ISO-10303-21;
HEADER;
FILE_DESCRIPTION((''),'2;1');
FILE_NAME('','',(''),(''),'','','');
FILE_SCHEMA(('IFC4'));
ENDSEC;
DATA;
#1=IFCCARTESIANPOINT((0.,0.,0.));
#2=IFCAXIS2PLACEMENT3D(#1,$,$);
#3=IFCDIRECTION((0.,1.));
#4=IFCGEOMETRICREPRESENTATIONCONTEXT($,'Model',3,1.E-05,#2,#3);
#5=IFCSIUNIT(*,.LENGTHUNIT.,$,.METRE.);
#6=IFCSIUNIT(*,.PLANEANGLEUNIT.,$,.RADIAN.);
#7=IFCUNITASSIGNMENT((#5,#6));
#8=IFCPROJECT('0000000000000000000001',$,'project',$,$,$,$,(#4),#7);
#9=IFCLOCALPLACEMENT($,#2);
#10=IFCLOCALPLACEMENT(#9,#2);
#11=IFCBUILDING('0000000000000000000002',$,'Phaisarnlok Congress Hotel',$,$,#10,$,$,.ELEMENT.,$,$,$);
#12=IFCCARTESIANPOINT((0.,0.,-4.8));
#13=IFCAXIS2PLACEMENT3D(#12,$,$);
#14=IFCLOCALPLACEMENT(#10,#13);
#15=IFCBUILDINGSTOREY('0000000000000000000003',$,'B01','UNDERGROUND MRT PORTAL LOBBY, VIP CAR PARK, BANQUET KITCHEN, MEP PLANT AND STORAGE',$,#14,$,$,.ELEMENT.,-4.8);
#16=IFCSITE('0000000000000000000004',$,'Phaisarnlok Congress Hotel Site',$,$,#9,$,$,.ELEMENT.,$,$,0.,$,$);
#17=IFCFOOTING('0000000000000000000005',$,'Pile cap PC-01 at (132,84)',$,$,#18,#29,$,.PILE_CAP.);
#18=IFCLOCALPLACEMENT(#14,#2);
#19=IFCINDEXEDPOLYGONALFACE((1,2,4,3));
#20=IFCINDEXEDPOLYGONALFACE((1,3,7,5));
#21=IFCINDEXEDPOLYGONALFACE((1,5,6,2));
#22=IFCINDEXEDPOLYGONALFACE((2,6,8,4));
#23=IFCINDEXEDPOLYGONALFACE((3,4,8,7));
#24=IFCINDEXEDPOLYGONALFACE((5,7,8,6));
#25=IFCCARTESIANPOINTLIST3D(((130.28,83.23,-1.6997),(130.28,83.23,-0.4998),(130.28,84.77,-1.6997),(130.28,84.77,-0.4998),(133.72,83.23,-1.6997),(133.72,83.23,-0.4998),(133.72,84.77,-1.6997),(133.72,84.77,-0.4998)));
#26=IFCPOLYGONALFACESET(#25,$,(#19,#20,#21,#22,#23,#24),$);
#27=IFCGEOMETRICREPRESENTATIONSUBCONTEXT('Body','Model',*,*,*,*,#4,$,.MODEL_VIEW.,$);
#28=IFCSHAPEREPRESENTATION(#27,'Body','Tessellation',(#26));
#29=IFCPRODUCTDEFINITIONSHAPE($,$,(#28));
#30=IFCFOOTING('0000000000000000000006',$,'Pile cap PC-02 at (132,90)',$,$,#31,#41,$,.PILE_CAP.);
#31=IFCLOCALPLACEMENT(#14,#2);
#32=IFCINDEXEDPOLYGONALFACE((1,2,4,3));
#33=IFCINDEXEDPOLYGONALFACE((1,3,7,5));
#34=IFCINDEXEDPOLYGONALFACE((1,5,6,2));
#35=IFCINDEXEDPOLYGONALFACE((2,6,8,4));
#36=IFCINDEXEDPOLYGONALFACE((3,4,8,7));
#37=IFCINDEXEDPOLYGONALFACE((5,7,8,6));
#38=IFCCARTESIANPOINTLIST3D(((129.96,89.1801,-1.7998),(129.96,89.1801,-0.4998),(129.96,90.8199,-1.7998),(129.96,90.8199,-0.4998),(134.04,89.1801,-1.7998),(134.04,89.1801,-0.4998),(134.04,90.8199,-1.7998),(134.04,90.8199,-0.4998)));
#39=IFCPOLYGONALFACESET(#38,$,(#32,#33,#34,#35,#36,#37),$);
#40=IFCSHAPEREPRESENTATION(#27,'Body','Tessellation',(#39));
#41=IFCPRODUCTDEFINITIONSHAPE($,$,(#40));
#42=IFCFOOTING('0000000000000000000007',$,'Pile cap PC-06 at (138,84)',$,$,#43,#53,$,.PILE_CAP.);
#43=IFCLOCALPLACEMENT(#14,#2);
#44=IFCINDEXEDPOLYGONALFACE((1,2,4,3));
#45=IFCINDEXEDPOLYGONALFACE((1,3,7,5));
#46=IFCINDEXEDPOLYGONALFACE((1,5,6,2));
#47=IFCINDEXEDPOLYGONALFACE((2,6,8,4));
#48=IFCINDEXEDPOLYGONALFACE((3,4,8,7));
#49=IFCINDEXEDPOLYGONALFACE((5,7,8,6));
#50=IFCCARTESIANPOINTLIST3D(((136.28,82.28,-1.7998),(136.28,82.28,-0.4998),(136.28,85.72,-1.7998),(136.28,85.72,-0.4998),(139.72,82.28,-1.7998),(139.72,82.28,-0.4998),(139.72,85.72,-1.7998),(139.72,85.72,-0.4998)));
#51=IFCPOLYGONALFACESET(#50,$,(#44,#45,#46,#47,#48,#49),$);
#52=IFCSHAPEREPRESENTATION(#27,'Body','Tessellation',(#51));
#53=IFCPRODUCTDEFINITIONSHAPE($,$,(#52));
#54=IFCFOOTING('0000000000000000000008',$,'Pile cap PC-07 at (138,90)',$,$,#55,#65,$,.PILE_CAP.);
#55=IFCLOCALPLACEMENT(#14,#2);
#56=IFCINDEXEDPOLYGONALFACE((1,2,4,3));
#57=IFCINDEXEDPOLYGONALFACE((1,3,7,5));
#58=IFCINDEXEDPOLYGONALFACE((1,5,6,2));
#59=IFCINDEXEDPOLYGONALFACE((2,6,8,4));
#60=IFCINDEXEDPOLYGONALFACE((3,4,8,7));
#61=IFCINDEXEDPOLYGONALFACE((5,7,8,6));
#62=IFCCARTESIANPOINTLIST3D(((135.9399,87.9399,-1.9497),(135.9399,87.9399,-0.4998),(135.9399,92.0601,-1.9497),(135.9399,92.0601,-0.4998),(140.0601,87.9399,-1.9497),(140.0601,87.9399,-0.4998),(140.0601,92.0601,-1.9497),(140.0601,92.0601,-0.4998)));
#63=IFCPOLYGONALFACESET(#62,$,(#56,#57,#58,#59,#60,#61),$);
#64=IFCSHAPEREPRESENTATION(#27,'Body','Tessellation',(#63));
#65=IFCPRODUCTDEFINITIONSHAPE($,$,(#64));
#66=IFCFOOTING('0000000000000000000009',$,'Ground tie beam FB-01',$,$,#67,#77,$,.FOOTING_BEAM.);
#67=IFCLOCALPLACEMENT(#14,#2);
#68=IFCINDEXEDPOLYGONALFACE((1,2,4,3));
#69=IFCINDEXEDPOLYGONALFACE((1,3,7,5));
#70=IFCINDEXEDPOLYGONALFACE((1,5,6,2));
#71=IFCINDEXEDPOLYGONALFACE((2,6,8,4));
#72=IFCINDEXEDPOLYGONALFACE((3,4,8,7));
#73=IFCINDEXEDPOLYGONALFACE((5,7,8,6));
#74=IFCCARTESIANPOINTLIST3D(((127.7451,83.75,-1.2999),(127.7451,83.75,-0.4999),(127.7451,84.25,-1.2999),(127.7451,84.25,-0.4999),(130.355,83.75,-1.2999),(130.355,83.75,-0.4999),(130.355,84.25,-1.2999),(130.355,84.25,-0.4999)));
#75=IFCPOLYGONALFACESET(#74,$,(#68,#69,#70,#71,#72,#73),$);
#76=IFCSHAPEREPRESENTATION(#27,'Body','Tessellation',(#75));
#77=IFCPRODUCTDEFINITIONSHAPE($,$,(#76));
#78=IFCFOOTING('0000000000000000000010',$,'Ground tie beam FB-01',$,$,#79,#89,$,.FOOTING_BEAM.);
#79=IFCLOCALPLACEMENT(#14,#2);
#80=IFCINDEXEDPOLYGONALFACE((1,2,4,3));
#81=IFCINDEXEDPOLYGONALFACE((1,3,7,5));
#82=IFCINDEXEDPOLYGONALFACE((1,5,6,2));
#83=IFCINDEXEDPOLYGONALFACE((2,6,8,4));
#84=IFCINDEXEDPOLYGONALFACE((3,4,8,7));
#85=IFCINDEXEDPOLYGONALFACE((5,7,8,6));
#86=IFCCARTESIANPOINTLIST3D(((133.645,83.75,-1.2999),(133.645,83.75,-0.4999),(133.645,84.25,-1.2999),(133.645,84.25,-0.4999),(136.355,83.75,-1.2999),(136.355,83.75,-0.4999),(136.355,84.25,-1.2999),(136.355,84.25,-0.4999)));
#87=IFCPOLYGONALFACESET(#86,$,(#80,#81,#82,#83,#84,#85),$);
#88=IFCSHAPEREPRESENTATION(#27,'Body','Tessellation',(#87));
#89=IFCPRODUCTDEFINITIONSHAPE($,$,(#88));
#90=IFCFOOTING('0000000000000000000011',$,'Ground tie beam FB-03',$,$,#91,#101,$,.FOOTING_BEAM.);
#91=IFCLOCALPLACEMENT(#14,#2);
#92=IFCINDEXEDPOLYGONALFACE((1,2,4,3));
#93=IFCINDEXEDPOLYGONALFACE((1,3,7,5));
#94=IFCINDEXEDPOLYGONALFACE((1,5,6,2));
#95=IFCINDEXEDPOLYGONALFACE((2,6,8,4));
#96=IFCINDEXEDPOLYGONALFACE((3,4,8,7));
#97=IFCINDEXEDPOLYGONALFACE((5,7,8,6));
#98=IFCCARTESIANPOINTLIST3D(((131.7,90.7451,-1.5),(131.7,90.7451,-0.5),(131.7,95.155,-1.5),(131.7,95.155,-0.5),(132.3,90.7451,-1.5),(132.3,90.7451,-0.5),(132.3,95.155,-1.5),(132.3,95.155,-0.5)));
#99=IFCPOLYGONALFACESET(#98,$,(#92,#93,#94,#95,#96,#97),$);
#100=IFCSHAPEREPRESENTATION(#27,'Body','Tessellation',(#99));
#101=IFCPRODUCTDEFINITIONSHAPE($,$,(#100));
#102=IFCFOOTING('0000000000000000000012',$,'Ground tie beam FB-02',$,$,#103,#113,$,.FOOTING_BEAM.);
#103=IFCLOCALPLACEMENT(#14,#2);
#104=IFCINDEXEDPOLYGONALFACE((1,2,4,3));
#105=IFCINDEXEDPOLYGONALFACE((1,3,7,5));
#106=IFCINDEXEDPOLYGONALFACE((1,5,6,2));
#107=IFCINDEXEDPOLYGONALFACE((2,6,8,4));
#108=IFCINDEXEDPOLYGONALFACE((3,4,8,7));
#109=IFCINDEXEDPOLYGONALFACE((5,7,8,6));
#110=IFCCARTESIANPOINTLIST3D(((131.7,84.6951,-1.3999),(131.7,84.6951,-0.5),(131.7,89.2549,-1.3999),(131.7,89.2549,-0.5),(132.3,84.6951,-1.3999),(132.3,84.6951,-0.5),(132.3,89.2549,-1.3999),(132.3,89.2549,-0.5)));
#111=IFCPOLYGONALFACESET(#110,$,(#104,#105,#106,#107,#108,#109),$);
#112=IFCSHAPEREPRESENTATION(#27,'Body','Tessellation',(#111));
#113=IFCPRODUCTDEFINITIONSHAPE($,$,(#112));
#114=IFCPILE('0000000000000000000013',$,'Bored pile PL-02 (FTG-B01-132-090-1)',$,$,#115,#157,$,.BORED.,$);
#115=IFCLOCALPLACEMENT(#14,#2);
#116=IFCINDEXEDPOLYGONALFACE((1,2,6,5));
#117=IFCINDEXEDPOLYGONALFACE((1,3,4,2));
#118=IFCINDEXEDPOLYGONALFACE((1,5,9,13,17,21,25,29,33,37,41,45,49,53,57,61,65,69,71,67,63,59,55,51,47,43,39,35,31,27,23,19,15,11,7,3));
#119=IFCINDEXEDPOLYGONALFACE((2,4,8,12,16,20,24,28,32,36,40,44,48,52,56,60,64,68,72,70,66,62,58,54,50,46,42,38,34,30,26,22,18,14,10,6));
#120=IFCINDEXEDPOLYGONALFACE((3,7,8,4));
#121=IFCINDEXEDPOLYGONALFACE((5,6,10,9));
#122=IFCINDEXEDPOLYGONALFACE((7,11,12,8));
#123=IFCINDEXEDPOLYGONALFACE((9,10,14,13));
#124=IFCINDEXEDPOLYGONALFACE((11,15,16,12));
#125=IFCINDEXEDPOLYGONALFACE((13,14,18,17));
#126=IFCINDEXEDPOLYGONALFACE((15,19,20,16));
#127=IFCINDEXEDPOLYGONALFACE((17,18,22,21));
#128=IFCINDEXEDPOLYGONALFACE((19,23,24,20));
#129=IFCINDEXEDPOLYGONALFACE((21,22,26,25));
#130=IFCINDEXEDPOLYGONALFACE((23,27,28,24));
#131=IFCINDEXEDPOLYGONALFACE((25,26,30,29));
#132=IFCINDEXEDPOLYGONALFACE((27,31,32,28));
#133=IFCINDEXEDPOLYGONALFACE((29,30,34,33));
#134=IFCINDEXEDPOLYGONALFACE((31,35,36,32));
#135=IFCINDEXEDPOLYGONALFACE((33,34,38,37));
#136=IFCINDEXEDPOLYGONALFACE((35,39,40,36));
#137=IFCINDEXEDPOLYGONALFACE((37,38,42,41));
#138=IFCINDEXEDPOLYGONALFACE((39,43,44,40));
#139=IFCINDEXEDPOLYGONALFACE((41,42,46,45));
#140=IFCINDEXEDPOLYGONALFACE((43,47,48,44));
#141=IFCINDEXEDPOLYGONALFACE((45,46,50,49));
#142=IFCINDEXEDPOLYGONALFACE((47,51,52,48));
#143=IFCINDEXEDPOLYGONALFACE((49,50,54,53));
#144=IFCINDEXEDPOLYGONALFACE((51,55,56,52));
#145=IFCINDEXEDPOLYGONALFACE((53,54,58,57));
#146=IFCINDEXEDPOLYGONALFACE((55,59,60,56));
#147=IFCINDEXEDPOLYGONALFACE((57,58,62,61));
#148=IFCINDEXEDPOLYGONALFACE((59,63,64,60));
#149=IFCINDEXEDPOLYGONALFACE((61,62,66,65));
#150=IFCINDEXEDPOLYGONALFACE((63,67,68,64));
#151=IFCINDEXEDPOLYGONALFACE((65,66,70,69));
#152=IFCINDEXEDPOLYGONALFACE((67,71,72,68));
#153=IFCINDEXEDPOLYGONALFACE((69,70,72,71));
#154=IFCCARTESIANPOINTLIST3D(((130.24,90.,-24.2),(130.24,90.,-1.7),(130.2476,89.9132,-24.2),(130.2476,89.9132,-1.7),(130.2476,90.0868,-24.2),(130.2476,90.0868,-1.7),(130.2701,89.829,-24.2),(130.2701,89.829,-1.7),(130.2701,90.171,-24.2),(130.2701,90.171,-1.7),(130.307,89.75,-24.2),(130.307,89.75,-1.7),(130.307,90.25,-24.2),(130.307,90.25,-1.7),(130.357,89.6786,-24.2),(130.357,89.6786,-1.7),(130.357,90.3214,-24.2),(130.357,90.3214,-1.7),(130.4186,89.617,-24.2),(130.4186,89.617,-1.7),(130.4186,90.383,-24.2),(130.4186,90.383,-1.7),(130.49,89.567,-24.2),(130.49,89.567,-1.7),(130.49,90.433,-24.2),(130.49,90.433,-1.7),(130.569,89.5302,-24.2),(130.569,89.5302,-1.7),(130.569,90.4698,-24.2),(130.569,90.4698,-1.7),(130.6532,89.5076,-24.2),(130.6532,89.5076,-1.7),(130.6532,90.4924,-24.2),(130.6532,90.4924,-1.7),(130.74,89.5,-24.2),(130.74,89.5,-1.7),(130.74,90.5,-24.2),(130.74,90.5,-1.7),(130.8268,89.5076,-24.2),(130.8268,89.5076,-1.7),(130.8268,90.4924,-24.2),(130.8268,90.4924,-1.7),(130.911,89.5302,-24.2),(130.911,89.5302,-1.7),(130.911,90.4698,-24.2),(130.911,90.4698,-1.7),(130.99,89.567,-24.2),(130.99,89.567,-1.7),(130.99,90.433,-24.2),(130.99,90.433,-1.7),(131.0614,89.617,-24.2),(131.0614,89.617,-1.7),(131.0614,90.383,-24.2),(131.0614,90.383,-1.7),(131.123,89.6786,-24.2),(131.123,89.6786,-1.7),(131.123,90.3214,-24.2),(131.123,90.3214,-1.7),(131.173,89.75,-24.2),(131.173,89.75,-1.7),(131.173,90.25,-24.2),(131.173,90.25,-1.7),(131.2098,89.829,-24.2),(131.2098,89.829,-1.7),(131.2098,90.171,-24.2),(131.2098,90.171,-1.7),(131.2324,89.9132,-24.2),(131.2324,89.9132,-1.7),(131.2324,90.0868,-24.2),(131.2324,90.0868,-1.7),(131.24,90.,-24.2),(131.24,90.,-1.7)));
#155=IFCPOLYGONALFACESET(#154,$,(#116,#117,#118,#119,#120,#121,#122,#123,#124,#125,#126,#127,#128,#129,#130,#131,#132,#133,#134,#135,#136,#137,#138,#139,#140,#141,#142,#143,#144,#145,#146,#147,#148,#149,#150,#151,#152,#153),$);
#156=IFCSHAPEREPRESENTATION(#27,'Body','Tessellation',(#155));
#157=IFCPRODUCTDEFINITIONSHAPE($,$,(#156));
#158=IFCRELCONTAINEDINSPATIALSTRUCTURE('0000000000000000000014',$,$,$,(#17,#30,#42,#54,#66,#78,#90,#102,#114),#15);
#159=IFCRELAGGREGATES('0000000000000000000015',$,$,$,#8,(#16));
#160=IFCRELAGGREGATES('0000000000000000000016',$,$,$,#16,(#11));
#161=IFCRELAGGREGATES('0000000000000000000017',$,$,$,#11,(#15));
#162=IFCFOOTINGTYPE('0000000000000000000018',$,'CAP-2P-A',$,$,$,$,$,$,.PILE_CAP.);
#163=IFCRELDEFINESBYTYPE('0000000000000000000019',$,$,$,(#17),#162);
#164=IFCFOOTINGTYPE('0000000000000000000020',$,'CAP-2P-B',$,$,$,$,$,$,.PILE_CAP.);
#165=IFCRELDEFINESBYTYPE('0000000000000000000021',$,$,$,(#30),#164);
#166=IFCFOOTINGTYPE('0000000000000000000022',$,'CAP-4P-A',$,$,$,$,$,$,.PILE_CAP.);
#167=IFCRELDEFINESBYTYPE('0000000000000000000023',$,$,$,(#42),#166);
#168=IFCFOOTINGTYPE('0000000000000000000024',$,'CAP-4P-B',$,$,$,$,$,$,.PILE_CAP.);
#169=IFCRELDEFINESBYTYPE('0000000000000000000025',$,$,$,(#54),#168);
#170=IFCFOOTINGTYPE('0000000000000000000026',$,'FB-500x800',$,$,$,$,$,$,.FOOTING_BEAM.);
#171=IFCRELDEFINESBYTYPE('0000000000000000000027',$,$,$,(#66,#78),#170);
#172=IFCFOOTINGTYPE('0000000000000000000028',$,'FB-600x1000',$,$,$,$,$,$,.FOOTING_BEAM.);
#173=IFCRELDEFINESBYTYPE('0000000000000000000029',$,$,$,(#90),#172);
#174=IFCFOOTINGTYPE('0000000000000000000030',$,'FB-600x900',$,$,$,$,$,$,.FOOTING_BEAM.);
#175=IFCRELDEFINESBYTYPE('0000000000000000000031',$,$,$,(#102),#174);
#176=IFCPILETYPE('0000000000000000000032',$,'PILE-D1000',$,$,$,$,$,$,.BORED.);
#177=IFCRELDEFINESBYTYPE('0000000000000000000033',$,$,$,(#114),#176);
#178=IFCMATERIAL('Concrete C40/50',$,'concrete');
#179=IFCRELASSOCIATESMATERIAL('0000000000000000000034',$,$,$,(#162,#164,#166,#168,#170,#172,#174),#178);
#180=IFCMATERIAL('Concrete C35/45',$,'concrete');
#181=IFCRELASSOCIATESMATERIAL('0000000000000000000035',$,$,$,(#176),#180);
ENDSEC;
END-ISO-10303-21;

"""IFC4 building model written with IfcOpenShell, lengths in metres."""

from ifc_helpers import new_model, si_unit, direction, frame, origin, origin_2d, place, context, subcontext, project, spatial, rectangle, circle, extrude, material, material_profile, profile_set, type_object, element, save


model = new_model("IFC4")

# Units and contexts
model_context = context("Model", 3, precision=1e-05, world=origin(), true_north=direction((0.0, 1.0)))
body_context = subcontext(model_context, "Body", "Model", "MODEL_VIEW")
ifc_project = project(units=[si_unit("LENGTHUNIT", "METRE"), si_unit("PLANEANGLEUNIT", "RADIAN")], contexts=[model_context])

# Site, building, storey
site_placement = place(None, origin())
site = spatial("IfcSite", under=ifc_project, at=site_placement, Name="Phaisarnlok Congress Hotel Site", CompositionType="ELEMENT", RefElevation=0.0)
building_placement = place(site_placement, origin())
building = spatial("IfcBuilding", under=site, at=building_placement, Name="Phaisarnlok Congress Hotel", CompositionType="ELEMENT")
storey_placement = place(building_placement, frame((0.0, 0.0, -4.8)))
storey = spatial("IfcBuildingStorey", under=building, at=storey_placement, Name="B01", Description="UNDERGROUND MRT PORTAL LOBBY, VIP CAR PARK, BANQUET KITCHEN, MEP PLANT AND STORAGE", CompositionType="ELEMENT", Elevation=-4.8)

# Footings
ifc_material_1 = material(Name="Concrete C40/50", Category="concrete")
footing_type_1 = type_object("IfcFootingType", Name="CAP-2P-A", PredefinedType="PILE_CAP", material=ifc_material_1)
footing_1_placement = place(storey_placement, frame((132.0, 84.0, -1.6997), z_axis=(0.0, 0.0, 1.0), x_axis=(1.0, 0.0, 0.0)))
element("IfcFooting", 1, at=footing_1_placement, inside=storey, type_object=footing_type_1, Name="Pile cap PC-01 at (132,84)", PredefinedType="PILE_CAP", context=body_context, shape_type="SweptSolid", body=[
    extrude(rectangle(XDim=3.4399, YDim=1.54, at=origin_2d()), origin(), (0.0, 0.0, 1.0), 1.2),
])
footing_type_2 = type_object("IfcFootingType", Name="CAP-2P-B", PredefinedType="PILE_CAP", material=ifc_material_1)
footing_2_placement = place(storey_placement, frame((132.0, 90.0, -1.7998), z_axis=(0.0, 0.0, 1.0), x_axis=(1.0, 0.0, 0.0)))
element("IfcFooting", 2, at=footing_2_placement, inside=storey, type_object=footing_type_2, Name="Pile cap PC-02 at (132,90)", PredefinedType="PILE_CAP", context=body_context, shape_type="SweptSolid", body=[
    extrude(rectangle(XDim=4.0801, YDim=1.6399, at=origin_2d()), origin(), (0.0, 0.0, 1.0), 1.3),
])
footing_type_3 = type_object("IfcFootingType", Name="CAP-4P-A", PredefinedType="PILE_CAP", material=ifc_material_1)
footing_3_placement = place(storey_placement, frame((138.0, 84.0, -1.7998), z_axis=(0.0, 0.0, 1.0), x_axis=(1.0, 0.0, 0.0)))
element("IfcFooting", 3, at=footing_3_placement, inside=storey, type_object=footing_type_3, Name="Pile cap PC-06 at (138,84)", PredefinedType="PILE_CAP", context=body_context, shape_type="SweptSolid", body=[
    extrude(rectangle(XDim=3.4399, YDim=3.4399, at=origin_2d()), origin(), (0.0, 0.0, 1.0), 1.3),
])
footing_type_4 = type_object("IfcFootingType", Name="CAP-4P-B", PredefinedType="PILE_CAP", material=ifc_material_1)
footing_4_placement = place(storey_placement, frame((138.0, 90.0, -1.9497), z_axis=(0.0, 0.0, 1.0), x_axis=(1.0, 0.0, 0.0)))
element("IfcFooting", 4, at=footing_4_placement, inside=storey, type_object=footing_type_4, Name="Pile cap PC-07 at (138,90)", PredefinedType="PILE_CAP", context=body_context, shape_type="SweptSolid", body=[
    extrude(rectangle(XDim=4.1201, YDim=4.1201, at=origin_2d()), origin(), (0.0, 0.0, 1.0), 1.45),
])
ifc_material_profile_1 = material_profile(ifc_material_1, rectangle(XDim=0.5, YDim=0.8, at=origin_2d()), Name="FB-500x800")
ifc_profile_set_1 = profile_set([ifc_material_profile_1], Name="Concrete C40/50")
footing_type_5 = type_object("IfcFootingType", Name="FB-500x800", PredefinedType="FOOTING_BEAM", material=ifc_profile_set_1)
footing_5_placement = place(storey_placement, frame((127.7451, 84.0, -0.8999), z_axis=(1.0, 0.0, 0.0), x_axis=(0.0, 1.0, 0.0)))
element("IfcFooting", 5, at=footing_5_placement, inside=storey, type_object=footing_type_5, Name="Ground tie beam FB-01", PredefinedType="FOOTING_BEAM", context=body_context, shape_type="SweptSolid", body=[
    extrude(rectangle(XDim=0.5, YDim=0.8, at=origin_2d()), origin(), (0.0, 0.0, 1.0), 2.6099),
])
footing_6_placement = place(storey_placement, frame((133.645, 84.0, -0.8999), z_axis=(1.0, 0.0, 0.0), x_axis=(0.0, 1.0, 0.0)))
element("IfcFooting", 6, at=footing_6_placement, inside=storey, type_object=footing_type_5, Name="Ground tie beam FB-01", PredefinedType="FOOTING_BEAM", context=body_context, shape_type="SweptSolid", body=[
    extrude(rectangle(XDim=0.5, YDim=0.8, at=origin_2d()), origin(), (0.0, 0.0, 1.0), 2.71),
])
ifc_material_profile_2 = material_profile(ifc_material_1, rectangle(XDim=0.6001, YDim=1.0, at=origin_2d()), Name="FB-600x1000")
ifc_profile_set_2 = profile_set([ifc_material_profile_2], Name="Concrete C40/50")
footing_type_6 = type_object("IfcFootingType", Name="FB-600x1000", PredefinedType="FOOTING_BEAM", material=ifc_profile_set_2)
footing_7_placement = place(storey_placement, frame((132.0, 90.7451, -1.0), z_axis=(0.0, 1.0, 0.0), x_axis=(-1.0, 0.0, 0.0)))
element("IfcFooting", 7, at=footing_7_placement, inside=storey, type_object=footing_type_6, Name="Ground tie beam FB-03", PredefinedType="FOOTING_BEAM", context=body_context, shape_type="SweptSolid", body=[
    extrude(rectangle(XDim=0.6001, YDim=1.0, at=origin_2d()), origin(), (0.0, 0.0, 1.0), 4.4099),
])
ifc_material_profile_3 = material_profile(ifc_material_1, rectangle(XDim=0.6001, YDim=0.8999, at=origin_2d()), Name="FB-600x900")
ifc_profile_set_3 = profile_set([ifc_material_profile_3], Name="Concrete C40/50")
footing_type_7 = type_object("IfcFootingType", Name="FB-600x900", PredefinedType="FOOTING_BEAM", material=ifc_profile_set_3)
footing_8_placement = place(storey_placement, frame((132.0, 84.6951, -0.95), z_axis=(0.0, 1.0, 0.0), x_axis=(-1.0, 0.0, 0.0)))
element("IfcFooting", 8, at=footing_8_placement, inside=storey, type_object=footing_type_7, Name="Ground tie beam FB-02", PredefinedType="FOOTING_BEAM", context=body_context, shape_type="SweptSolid", body=[
    extrude(rectangle(XDim=0.6001, YDim=0.8999, at=origin_2d()), origin(), (0.0, 0.0, 1.0), 4.5598),
])

# Pile
ifc_material_2 = material(Name="Concrete C35/45", Category="concrete")
ifc_material_profile_4 = material_profile(ifc_material_2, circle(Radius=0.5, at=origin_2d()), Name="BORED PILE D1000")
ifc_profile_set_4 = profile_set([ifc_material_profile_4], Name="Concrete C35/45")
pile_type_1 = type_object("IfcPileType", Name="PILE-D1000", PredefinedType="BORED", material=ifc_profile_set_4)
for number, where, z_axis, x_axis, name in (
    (9, (130.74, 90.0, -1.7), (0.0, 0.0, -1.0), (1.0, 0.0, 0.0), "Bored pile PL-02 (FTG-B01-132-090-1)"),
):
    element("IfcPile", number, at=place(storey_placement, frame(where, z_axis=z_axis, x_axis=x_axis)), inside=storey, type_object=pile_type_1, Name=name, PredefinedType="BORED", context=body_context, shape_type="SweptSolid", body=[
        extrude(circle(Radius=0.5, at=origin_2d()), origin(), (0.0, 0.0, 1.0), 22.5),
    ])

save(model, "model.ifc")
